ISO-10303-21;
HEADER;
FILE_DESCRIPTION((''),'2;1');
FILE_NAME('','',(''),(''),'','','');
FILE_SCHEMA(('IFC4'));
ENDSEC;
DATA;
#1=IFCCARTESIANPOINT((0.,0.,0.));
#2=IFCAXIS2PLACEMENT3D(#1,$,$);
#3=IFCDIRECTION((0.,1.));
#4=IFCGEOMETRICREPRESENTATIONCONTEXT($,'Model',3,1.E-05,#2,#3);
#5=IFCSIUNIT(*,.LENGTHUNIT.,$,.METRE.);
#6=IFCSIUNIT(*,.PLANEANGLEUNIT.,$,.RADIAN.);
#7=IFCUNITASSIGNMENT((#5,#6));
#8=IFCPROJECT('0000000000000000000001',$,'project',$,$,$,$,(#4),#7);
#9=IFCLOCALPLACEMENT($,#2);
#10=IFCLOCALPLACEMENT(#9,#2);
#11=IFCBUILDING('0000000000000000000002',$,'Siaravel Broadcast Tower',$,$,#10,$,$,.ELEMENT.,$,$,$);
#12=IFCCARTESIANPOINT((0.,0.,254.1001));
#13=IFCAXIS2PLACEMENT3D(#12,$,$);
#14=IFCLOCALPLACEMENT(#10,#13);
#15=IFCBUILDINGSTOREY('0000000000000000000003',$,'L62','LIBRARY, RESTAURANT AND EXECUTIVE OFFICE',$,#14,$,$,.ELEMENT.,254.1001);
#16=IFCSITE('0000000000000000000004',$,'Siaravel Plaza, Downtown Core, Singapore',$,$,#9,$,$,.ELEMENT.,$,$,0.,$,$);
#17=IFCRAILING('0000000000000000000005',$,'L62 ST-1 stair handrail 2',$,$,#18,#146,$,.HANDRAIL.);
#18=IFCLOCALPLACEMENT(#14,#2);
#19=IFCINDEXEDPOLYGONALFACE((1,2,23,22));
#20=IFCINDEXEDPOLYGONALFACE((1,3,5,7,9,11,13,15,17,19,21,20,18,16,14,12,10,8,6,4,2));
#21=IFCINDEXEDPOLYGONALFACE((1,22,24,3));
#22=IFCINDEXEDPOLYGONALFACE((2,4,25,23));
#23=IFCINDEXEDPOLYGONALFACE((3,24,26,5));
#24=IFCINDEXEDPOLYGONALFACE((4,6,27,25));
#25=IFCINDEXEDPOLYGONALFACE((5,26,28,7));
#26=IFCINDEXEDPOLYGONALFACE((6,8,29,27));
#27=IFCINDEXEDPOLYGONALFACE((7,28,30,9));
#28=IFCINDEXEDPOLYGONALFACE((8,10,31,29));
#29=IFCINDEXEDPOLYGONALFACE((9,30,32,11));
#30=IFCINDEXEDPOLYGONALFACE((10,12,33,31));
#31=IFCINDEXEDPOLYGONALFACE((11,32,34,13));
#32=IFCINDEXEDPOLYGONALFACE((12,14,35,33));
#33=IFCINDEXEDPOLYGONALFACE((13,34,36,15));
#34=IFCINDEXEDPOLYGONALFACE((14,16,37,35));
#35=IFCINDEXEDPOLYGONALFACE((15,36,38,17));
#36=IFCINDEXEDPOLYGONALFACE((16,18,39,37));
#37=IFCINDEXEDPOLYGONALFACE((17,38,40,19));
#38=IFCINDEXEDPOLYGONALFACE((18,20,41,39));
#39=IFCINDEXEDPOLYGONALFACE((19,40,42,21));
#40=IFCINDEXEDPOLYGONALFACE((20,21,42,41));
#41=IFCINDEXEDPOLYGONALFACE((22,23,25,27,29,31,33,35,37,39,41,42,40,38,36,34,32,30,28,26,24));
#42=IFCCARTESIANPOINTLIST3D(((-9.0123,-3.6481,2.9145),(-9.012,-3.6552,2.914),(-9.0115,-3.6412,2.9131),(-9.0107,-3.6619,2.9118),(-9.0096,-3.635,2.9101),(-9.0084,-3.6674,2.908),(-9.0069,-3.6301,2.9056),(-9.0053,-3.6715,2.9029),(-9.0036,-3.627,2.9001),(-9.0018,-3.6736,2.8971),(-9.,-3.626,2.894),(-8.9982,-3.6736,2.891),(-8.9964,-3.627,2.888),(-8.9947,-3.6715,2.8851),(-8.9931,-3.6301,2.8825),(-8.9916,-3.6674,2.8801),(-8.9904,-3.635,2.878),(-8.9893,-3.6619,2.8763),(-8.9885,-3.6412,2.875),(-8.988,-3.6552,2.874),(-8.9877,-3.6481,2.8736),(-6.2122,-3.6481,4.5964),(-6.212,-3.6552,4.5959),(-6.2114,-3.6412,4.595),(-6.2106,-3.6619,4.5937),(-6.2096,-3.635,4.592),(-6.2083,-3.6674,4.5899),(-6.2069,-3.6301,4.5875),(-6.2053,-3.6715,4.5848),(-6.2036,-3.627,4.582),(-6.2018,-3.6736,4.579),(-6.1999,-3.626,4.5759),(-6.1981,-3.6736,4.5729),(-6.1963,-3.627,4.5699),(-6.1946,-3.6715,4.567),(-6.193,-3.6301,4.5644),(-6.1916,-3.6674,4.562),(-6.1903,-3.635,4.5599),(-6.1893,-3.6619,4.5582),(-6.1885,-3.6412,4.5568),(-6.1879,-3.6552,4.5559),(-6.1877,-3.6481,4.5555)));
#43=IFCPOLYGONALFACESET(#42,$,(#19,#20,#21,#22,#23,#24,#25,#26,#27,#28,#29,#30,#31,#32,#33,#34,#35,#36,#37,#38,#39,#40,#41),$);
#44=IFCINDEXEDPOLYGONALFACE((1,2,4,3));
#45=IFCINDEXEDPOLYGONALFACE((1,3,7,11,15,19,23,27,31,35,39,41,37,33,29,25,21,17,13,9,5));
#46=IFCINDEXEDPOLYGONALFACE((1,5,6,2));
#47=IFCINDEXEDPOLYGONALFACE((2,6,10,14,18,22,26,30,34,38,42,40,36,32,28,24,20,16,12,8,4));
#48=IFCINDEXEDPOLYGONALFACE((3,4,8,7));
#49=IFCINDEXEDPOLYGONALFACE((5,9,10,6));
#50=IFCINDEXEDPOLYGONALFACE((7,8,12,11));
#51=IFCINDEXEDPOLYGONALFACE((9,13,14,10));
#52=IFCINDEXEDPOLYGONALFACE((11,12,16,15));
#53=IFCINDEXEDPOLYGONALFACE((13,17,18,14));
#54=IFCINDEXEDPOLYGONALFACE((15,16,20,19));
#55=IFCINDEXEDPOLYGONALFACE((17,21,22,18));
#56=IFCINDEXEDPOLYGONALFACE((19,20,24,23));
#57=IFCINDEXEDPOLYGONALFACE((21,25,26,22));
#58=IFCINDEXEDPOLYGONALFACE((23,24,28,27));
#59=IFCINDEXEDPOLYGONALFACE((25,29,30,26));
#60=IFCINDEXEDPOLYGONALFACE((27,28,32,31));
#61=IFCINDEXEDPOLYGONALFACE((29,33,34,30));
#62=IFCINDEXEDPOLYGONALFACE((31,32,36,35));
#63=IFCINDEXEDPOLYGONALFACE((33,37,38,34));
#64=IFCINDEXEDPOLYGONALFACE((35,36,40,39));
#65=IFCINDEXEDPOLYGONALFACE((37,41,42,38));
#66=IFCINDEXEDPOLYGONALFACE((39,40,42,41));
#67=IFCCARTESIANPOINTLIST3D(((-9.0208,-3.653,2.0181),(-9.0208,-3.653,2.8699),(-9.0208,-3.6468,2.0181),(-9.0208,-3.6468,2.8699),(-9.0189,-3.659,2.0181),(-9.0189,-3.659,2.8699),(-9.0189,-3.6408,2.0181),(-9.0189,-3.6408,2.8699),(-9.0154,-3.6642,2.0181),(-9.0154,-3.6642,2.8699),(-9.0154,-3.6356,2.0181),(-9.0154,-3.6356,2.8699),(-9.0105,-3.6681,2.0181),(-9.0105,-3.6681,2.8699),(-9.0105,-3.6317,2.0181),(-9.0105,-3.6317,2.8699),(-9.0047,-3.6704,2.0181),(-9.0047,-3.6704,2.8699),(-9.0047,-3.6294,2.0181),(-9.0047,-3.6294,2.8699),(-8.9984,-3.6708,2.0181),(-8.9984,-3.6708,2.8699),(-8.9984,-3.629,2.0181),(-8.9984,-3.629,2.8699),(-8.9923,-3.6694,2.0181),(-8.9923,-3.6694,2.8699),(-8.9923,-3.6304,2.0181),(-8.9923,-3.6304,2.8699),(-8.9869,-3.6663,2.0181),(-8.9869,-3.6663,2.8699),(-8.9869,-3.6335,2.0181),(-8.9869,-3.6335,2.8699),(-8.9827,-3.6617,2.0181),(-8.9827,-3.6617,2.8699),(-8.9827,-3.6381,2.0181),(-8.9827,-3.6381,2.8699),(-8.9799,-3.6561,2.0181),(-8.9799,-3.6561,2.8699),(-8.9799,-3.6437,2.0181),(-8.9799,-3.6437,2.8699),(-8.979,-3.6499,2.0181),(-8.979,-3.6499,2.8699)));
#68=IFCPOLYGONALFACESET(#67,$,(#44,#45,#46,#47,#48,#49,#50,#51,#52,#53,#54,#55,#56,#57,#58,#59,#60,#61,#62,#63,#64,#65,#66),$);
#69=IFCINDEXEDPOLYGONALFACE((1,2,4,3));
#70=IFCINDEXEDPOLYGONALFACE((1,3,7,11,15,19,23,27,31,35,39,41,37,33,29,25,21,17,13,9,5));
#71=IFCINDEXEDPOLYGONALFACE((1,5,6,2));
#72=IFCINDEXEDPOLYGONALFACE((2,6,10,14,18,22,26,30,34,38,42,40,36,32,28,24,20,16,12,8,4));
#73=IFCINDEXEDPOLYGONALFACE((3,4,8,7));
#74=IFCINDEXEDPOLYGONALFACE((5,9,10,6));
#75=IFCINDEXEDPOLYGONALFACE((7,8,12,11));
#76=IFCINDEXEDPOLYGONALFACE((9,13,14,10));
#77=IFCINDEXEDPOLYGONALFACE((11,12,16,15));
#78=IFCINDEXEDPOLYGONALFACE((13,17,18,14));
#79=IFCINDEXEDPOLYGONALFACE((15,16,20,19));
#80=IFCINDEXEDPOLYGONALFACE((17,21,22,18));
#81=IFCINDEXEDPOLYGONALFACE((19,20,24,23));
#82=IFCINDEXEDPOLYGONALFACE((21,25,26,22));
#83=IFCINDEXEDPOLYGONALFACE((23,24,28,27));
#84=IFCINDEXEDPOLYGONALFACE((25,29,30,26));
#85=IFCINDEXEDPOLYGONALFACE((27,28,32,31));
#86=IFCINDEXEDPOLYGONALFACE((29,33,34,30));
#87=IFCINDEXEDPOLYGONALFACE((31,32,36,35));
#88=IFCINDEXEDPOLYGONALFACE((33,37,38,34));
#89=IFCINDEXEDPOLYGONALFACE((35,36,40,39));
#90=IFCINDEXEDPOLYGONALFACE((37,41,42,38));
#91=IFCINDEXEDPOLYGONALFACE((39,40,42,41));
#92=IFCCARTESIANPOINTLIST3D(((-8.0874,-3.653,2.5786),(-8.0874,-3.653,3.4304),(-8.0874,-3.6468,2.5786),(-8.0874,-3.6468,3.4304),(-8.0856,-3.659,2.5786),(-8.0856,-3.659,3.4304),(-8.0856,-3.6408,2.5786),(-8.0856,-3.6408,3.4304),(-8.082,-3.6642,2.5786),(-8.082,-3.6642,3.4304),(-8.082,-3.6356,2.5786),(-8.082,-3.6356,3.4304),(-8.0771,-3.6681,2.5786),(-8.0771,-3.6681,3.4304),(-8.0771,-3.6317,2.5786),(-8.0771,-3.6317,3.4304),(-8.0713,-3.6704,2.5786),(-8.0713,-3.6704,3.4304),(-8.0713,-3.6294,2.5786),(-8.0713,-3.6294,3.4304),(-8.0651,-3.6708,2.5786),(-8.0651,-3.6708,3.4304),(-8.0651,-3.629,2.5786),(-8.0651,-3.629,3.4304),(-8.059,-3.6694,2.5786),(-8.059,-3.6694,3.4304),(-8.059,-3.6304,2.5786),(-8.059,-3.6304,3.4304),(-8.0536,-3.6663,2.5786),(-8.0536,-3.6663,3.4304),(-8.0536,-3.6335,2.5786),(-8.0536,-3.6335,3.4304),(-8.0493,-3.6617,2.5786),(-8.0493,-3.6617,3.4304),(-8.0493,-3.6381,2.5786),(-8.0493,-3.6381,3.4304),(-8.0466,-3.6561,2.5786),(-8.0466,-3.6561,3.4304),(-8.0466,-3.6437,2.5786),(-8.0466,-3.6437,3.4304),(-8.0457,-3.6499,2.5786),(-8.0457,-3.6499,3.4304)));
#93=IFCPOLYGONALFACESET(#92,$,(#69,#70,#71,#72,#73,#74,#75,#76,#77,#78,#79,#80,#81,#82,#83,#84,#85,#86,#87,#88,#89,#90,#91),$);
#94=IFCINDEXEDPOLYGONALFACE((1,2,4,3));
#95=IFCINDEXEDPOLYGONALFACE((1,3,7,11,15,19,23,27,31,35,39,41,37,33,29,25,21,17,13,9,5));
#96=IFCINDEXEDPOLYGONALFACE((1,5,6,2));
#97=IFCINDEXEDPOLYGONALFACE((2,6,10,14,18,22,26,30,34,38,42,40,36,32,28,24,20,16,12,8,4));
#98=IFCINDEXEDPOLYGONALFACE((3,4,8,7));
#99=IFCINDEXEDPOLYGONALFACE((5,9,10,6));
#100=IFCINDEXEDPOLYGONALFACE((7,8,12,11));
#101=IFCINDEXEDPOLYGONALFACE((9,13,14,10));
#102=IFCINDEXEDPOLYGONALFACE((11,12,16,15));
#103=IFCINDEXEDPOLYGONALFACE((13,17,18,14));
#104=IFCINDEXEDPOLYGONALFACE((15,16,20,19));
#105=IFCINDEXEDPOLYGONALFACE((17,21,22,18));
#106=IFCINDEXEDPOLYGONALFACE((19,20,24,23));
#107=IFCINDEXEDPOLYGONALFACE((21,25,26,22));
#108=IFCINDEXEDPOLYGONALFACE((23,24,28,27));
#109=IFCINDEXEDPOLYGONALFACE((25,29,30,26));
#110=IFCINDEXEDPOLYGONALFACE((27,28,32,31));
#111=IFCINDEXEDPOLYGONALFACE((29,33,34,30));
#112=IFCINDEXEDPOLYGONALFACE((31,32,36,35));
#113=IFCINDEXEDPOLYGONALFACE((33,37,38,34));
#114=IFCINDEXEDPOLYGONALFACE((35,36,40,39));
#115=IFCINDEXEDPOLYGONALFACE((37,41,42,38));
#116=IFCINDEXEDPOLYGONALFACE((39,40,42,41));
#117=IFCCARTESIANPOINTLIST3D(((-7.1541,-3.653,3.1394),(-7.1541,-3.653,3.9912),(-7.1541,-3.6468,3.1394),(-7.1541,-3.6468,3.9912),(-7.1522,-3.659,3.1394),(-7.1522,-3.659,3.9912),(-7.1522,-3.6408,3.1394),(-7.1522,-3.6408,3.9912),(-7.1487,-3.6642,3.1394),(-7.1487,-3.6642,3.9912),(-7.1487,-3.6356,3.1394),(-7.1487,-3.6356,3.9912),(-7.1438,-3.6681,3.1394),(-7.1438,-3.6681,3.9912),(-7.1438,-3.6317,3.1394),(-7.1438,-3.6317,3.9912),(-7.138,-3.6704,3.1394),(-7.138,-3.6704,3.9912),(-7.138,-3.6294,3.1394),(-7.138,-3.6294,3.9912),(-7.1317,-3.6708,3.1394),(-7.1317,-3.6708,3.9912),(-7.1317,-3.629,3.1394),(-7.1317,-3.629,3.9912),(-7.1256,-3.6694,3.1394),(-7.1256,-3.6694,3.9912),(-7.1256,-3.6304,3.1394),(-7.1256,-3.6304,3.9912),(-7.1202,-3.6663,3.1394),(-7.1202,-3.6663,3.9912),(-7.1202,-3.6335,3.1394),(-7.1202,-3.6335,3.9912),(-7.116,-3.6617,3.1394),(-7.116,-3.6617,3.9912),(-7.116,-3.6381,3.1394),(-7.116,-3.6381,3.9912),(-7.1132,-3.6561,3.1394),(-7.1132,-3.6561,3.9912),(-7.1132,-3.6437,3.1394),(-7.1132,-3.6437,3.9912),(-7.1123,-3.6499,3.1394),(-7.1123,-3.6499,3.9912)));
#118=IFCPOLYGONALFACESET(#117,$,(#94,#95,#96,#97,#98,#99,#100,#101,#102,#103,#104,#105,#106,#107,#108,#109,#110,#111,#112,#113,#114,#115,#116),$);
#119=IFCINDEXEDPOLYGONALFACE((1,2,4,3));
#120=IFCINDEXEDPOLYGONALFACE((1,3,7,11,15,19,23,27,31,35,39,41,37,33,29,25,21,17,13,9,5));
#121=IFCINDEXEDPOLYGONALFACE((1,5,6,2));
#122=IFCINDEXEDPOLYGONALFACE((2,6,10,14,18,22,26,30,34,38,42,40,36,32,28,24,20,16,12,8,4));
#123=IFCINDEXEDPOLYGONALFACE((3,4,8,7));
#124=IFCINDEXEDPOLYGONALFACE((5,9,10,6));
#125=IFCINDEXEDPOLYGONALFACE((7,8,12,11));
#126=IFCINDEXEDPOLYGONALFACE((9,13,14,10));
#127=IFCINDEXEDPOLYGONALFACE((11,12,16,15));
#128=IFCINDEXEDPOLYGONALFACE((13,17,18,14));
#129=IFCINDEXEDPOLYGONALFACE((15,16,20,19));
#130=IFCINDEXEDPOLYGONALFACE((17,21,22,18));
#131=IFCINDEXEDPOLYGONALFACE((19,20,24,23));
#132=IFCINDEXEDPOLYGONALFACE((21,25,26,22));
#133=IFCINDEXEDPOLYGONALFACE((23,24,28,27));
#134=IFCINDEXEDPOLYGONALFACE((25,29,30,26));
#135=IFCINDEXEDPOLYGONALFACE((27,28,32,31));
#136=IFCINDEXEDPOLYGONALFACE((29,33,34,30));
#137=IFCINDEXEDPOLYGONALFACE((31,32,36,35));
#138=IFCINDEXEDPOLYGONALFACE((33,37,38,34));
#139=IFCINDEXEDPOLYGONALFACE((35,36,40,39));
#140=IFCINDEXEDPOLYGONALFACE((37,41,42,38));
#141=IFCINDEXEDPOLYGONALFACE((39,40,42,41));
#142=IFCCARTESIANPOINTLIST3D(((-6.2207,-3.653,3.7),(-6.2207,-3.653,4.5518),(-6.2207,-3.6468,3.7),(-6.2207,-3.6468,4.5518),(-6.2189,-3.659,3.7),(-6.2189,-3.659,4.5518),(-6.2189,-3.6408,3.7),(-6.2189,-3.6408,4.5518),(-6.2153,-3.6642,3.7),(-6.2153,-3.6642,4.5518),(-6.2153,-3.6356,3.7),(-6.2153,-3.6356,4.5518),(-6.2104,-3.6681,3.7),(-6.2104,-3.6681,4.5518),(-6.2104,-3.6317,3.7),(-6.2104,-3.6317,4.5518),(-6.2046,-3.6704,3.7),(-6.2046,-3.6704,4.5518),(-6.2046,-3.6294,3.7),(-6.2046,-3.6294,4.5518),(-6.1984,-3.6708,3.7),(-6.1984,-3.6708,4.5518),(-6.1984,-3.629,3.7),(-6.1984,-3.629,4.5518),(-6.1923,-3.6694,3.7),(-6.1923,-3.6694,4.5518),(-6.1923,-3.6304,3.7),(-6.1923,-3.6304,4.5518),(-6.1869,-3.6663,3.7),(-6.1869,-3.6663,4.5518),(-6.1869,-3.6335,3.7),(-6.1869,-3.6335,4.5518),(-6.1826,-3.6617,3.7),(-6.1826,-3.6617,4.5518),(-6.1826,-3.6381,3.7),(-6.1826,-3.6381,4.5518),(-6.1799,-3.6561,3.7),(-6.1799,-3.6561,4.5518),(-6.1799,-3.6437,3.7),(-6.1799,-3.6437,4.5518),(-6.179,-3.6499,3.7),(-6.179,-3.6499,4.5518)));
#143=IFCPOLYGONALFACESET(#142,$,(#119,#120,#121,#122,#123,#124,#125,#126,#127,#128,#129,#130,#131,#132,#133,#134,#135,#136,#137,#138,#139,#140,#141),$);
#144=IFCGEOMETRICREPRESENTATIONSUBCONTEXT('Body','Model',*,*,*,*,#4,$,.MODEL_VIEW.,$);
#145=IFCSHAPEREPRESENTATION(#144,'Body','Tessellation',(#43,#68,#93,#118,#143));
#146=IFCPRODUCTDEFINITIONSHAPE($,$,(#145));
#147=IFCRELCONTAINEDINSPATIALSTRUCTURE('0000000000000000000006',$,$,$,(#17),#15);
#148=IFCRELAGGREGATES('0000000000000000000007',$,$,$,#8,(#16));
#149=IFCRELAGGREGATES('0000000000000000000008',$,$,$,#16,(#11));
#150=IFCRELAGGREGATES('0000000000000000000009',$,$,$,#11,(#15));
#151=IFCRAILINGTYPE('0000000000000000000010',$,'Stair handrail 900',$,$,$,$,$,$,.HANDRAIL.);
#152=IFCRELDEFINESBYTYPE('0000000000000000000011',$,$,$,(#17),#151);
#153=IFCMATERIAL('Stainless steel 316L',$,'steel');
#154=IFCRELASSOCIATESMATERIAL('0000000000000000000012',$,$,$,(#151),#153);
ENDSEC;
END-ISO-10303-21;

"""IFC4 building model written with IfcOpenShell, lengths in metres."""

from ifc_helpers import new_model, si_unit, direction, frame, origin, origin_2d, place, context, subcontext, project, spatial, circle, extrude, material, type_object, element, save


model = new_model("IFC4")

# Units and contexts
model_context = context("Model", 3, precision=1e-05, world=origin(), true_north=direction((0.0, 1.0)))
body_context = subcontext(model_context, "Body", "Model", "MODEL_VIEW")
ifc_project = project(units=[si_unit("LENGTHUNIT", "METRE"), si_unit("PLANEANGLEUNIT", "RADIAN")], contexts=[model_context])

# Site, building, storey
site_placement = place(None, origin())
site = spatial("IfcSite", under=ifc_project, at=site_placement, Name="Siaravel Plaza, Downtown Core, Singapore", CompositionType="ELEMENT", RefElevation=0.0)
building_placement = place(site_placement, origin())
building = spatial("IfcBuilding", under=site, at=building_placement, Name="Siaravel Broadcast Tower", CompositionType="ELEMENT")
storey_placement = place(building_placement, frame((0.0, 0.0, 254.1001)))
storey = spatial("IfcBuildingStorey", under=building, at=storey_placement, Name="L62", Description="LIBRARY, RESTAURANT AND EXECUTIVE OFFICE", CompositionType="ELEMENT", Elevation=254.1001)

# Shared definitions
ifc_material_1 = material(Name="Stainless steel 316L", Category="steel")

# Railing
railing_type_1 = type_object("IfcRailingType", Name="Stair handrail 900", PredefinedType="HANDRAIL", material=ifc_material_1)
railing_1_placement = place(storey_placement, frame((-9.0, -3.6499, 2.0181)))
element("IfcRailing", 1, at=railing_1_placement, inside=storey, type_object=railing_type_1, Name="L62 ST-1 stair handrail 2", PredefinedType="HANDRAIL", context=body_context, shape_type="SweptSolid", body=[
    extrude(circle(Radius=0.0239, at=origin_2d()), frame((0.0, 0.0, 0.876), z_axis=(0.857242, 0.0, 0.514913), x_axis=(0.0, 1.0, 0.0)), (0.0, 0.0, 1.0), 3.2664),
    extrude(circle(Radius=0.021, at=origin_2d()), origin(), (0.0, 0.0, 1.0), 0.8518),
    extrude(circle(Radius=0.021, at=origin_2d()), frame((0.9333, 0.0, 0.5605)), (0.0, 0.0, 1.0), 0.8518),
    extrude(circle(Radius=0.021, at=origin_2d()), frame((1.8667, 0.0, 1.1213)), (0.0, 0.0, 1.0), 0.8518),
    extrude(circle(Radius=0.021, at=origin_2d()), frame((2.8, 0.0, 1.6819)), (0.0, 0.0, 1.0), 0.8518),
])

save(model, "model.ifc")
